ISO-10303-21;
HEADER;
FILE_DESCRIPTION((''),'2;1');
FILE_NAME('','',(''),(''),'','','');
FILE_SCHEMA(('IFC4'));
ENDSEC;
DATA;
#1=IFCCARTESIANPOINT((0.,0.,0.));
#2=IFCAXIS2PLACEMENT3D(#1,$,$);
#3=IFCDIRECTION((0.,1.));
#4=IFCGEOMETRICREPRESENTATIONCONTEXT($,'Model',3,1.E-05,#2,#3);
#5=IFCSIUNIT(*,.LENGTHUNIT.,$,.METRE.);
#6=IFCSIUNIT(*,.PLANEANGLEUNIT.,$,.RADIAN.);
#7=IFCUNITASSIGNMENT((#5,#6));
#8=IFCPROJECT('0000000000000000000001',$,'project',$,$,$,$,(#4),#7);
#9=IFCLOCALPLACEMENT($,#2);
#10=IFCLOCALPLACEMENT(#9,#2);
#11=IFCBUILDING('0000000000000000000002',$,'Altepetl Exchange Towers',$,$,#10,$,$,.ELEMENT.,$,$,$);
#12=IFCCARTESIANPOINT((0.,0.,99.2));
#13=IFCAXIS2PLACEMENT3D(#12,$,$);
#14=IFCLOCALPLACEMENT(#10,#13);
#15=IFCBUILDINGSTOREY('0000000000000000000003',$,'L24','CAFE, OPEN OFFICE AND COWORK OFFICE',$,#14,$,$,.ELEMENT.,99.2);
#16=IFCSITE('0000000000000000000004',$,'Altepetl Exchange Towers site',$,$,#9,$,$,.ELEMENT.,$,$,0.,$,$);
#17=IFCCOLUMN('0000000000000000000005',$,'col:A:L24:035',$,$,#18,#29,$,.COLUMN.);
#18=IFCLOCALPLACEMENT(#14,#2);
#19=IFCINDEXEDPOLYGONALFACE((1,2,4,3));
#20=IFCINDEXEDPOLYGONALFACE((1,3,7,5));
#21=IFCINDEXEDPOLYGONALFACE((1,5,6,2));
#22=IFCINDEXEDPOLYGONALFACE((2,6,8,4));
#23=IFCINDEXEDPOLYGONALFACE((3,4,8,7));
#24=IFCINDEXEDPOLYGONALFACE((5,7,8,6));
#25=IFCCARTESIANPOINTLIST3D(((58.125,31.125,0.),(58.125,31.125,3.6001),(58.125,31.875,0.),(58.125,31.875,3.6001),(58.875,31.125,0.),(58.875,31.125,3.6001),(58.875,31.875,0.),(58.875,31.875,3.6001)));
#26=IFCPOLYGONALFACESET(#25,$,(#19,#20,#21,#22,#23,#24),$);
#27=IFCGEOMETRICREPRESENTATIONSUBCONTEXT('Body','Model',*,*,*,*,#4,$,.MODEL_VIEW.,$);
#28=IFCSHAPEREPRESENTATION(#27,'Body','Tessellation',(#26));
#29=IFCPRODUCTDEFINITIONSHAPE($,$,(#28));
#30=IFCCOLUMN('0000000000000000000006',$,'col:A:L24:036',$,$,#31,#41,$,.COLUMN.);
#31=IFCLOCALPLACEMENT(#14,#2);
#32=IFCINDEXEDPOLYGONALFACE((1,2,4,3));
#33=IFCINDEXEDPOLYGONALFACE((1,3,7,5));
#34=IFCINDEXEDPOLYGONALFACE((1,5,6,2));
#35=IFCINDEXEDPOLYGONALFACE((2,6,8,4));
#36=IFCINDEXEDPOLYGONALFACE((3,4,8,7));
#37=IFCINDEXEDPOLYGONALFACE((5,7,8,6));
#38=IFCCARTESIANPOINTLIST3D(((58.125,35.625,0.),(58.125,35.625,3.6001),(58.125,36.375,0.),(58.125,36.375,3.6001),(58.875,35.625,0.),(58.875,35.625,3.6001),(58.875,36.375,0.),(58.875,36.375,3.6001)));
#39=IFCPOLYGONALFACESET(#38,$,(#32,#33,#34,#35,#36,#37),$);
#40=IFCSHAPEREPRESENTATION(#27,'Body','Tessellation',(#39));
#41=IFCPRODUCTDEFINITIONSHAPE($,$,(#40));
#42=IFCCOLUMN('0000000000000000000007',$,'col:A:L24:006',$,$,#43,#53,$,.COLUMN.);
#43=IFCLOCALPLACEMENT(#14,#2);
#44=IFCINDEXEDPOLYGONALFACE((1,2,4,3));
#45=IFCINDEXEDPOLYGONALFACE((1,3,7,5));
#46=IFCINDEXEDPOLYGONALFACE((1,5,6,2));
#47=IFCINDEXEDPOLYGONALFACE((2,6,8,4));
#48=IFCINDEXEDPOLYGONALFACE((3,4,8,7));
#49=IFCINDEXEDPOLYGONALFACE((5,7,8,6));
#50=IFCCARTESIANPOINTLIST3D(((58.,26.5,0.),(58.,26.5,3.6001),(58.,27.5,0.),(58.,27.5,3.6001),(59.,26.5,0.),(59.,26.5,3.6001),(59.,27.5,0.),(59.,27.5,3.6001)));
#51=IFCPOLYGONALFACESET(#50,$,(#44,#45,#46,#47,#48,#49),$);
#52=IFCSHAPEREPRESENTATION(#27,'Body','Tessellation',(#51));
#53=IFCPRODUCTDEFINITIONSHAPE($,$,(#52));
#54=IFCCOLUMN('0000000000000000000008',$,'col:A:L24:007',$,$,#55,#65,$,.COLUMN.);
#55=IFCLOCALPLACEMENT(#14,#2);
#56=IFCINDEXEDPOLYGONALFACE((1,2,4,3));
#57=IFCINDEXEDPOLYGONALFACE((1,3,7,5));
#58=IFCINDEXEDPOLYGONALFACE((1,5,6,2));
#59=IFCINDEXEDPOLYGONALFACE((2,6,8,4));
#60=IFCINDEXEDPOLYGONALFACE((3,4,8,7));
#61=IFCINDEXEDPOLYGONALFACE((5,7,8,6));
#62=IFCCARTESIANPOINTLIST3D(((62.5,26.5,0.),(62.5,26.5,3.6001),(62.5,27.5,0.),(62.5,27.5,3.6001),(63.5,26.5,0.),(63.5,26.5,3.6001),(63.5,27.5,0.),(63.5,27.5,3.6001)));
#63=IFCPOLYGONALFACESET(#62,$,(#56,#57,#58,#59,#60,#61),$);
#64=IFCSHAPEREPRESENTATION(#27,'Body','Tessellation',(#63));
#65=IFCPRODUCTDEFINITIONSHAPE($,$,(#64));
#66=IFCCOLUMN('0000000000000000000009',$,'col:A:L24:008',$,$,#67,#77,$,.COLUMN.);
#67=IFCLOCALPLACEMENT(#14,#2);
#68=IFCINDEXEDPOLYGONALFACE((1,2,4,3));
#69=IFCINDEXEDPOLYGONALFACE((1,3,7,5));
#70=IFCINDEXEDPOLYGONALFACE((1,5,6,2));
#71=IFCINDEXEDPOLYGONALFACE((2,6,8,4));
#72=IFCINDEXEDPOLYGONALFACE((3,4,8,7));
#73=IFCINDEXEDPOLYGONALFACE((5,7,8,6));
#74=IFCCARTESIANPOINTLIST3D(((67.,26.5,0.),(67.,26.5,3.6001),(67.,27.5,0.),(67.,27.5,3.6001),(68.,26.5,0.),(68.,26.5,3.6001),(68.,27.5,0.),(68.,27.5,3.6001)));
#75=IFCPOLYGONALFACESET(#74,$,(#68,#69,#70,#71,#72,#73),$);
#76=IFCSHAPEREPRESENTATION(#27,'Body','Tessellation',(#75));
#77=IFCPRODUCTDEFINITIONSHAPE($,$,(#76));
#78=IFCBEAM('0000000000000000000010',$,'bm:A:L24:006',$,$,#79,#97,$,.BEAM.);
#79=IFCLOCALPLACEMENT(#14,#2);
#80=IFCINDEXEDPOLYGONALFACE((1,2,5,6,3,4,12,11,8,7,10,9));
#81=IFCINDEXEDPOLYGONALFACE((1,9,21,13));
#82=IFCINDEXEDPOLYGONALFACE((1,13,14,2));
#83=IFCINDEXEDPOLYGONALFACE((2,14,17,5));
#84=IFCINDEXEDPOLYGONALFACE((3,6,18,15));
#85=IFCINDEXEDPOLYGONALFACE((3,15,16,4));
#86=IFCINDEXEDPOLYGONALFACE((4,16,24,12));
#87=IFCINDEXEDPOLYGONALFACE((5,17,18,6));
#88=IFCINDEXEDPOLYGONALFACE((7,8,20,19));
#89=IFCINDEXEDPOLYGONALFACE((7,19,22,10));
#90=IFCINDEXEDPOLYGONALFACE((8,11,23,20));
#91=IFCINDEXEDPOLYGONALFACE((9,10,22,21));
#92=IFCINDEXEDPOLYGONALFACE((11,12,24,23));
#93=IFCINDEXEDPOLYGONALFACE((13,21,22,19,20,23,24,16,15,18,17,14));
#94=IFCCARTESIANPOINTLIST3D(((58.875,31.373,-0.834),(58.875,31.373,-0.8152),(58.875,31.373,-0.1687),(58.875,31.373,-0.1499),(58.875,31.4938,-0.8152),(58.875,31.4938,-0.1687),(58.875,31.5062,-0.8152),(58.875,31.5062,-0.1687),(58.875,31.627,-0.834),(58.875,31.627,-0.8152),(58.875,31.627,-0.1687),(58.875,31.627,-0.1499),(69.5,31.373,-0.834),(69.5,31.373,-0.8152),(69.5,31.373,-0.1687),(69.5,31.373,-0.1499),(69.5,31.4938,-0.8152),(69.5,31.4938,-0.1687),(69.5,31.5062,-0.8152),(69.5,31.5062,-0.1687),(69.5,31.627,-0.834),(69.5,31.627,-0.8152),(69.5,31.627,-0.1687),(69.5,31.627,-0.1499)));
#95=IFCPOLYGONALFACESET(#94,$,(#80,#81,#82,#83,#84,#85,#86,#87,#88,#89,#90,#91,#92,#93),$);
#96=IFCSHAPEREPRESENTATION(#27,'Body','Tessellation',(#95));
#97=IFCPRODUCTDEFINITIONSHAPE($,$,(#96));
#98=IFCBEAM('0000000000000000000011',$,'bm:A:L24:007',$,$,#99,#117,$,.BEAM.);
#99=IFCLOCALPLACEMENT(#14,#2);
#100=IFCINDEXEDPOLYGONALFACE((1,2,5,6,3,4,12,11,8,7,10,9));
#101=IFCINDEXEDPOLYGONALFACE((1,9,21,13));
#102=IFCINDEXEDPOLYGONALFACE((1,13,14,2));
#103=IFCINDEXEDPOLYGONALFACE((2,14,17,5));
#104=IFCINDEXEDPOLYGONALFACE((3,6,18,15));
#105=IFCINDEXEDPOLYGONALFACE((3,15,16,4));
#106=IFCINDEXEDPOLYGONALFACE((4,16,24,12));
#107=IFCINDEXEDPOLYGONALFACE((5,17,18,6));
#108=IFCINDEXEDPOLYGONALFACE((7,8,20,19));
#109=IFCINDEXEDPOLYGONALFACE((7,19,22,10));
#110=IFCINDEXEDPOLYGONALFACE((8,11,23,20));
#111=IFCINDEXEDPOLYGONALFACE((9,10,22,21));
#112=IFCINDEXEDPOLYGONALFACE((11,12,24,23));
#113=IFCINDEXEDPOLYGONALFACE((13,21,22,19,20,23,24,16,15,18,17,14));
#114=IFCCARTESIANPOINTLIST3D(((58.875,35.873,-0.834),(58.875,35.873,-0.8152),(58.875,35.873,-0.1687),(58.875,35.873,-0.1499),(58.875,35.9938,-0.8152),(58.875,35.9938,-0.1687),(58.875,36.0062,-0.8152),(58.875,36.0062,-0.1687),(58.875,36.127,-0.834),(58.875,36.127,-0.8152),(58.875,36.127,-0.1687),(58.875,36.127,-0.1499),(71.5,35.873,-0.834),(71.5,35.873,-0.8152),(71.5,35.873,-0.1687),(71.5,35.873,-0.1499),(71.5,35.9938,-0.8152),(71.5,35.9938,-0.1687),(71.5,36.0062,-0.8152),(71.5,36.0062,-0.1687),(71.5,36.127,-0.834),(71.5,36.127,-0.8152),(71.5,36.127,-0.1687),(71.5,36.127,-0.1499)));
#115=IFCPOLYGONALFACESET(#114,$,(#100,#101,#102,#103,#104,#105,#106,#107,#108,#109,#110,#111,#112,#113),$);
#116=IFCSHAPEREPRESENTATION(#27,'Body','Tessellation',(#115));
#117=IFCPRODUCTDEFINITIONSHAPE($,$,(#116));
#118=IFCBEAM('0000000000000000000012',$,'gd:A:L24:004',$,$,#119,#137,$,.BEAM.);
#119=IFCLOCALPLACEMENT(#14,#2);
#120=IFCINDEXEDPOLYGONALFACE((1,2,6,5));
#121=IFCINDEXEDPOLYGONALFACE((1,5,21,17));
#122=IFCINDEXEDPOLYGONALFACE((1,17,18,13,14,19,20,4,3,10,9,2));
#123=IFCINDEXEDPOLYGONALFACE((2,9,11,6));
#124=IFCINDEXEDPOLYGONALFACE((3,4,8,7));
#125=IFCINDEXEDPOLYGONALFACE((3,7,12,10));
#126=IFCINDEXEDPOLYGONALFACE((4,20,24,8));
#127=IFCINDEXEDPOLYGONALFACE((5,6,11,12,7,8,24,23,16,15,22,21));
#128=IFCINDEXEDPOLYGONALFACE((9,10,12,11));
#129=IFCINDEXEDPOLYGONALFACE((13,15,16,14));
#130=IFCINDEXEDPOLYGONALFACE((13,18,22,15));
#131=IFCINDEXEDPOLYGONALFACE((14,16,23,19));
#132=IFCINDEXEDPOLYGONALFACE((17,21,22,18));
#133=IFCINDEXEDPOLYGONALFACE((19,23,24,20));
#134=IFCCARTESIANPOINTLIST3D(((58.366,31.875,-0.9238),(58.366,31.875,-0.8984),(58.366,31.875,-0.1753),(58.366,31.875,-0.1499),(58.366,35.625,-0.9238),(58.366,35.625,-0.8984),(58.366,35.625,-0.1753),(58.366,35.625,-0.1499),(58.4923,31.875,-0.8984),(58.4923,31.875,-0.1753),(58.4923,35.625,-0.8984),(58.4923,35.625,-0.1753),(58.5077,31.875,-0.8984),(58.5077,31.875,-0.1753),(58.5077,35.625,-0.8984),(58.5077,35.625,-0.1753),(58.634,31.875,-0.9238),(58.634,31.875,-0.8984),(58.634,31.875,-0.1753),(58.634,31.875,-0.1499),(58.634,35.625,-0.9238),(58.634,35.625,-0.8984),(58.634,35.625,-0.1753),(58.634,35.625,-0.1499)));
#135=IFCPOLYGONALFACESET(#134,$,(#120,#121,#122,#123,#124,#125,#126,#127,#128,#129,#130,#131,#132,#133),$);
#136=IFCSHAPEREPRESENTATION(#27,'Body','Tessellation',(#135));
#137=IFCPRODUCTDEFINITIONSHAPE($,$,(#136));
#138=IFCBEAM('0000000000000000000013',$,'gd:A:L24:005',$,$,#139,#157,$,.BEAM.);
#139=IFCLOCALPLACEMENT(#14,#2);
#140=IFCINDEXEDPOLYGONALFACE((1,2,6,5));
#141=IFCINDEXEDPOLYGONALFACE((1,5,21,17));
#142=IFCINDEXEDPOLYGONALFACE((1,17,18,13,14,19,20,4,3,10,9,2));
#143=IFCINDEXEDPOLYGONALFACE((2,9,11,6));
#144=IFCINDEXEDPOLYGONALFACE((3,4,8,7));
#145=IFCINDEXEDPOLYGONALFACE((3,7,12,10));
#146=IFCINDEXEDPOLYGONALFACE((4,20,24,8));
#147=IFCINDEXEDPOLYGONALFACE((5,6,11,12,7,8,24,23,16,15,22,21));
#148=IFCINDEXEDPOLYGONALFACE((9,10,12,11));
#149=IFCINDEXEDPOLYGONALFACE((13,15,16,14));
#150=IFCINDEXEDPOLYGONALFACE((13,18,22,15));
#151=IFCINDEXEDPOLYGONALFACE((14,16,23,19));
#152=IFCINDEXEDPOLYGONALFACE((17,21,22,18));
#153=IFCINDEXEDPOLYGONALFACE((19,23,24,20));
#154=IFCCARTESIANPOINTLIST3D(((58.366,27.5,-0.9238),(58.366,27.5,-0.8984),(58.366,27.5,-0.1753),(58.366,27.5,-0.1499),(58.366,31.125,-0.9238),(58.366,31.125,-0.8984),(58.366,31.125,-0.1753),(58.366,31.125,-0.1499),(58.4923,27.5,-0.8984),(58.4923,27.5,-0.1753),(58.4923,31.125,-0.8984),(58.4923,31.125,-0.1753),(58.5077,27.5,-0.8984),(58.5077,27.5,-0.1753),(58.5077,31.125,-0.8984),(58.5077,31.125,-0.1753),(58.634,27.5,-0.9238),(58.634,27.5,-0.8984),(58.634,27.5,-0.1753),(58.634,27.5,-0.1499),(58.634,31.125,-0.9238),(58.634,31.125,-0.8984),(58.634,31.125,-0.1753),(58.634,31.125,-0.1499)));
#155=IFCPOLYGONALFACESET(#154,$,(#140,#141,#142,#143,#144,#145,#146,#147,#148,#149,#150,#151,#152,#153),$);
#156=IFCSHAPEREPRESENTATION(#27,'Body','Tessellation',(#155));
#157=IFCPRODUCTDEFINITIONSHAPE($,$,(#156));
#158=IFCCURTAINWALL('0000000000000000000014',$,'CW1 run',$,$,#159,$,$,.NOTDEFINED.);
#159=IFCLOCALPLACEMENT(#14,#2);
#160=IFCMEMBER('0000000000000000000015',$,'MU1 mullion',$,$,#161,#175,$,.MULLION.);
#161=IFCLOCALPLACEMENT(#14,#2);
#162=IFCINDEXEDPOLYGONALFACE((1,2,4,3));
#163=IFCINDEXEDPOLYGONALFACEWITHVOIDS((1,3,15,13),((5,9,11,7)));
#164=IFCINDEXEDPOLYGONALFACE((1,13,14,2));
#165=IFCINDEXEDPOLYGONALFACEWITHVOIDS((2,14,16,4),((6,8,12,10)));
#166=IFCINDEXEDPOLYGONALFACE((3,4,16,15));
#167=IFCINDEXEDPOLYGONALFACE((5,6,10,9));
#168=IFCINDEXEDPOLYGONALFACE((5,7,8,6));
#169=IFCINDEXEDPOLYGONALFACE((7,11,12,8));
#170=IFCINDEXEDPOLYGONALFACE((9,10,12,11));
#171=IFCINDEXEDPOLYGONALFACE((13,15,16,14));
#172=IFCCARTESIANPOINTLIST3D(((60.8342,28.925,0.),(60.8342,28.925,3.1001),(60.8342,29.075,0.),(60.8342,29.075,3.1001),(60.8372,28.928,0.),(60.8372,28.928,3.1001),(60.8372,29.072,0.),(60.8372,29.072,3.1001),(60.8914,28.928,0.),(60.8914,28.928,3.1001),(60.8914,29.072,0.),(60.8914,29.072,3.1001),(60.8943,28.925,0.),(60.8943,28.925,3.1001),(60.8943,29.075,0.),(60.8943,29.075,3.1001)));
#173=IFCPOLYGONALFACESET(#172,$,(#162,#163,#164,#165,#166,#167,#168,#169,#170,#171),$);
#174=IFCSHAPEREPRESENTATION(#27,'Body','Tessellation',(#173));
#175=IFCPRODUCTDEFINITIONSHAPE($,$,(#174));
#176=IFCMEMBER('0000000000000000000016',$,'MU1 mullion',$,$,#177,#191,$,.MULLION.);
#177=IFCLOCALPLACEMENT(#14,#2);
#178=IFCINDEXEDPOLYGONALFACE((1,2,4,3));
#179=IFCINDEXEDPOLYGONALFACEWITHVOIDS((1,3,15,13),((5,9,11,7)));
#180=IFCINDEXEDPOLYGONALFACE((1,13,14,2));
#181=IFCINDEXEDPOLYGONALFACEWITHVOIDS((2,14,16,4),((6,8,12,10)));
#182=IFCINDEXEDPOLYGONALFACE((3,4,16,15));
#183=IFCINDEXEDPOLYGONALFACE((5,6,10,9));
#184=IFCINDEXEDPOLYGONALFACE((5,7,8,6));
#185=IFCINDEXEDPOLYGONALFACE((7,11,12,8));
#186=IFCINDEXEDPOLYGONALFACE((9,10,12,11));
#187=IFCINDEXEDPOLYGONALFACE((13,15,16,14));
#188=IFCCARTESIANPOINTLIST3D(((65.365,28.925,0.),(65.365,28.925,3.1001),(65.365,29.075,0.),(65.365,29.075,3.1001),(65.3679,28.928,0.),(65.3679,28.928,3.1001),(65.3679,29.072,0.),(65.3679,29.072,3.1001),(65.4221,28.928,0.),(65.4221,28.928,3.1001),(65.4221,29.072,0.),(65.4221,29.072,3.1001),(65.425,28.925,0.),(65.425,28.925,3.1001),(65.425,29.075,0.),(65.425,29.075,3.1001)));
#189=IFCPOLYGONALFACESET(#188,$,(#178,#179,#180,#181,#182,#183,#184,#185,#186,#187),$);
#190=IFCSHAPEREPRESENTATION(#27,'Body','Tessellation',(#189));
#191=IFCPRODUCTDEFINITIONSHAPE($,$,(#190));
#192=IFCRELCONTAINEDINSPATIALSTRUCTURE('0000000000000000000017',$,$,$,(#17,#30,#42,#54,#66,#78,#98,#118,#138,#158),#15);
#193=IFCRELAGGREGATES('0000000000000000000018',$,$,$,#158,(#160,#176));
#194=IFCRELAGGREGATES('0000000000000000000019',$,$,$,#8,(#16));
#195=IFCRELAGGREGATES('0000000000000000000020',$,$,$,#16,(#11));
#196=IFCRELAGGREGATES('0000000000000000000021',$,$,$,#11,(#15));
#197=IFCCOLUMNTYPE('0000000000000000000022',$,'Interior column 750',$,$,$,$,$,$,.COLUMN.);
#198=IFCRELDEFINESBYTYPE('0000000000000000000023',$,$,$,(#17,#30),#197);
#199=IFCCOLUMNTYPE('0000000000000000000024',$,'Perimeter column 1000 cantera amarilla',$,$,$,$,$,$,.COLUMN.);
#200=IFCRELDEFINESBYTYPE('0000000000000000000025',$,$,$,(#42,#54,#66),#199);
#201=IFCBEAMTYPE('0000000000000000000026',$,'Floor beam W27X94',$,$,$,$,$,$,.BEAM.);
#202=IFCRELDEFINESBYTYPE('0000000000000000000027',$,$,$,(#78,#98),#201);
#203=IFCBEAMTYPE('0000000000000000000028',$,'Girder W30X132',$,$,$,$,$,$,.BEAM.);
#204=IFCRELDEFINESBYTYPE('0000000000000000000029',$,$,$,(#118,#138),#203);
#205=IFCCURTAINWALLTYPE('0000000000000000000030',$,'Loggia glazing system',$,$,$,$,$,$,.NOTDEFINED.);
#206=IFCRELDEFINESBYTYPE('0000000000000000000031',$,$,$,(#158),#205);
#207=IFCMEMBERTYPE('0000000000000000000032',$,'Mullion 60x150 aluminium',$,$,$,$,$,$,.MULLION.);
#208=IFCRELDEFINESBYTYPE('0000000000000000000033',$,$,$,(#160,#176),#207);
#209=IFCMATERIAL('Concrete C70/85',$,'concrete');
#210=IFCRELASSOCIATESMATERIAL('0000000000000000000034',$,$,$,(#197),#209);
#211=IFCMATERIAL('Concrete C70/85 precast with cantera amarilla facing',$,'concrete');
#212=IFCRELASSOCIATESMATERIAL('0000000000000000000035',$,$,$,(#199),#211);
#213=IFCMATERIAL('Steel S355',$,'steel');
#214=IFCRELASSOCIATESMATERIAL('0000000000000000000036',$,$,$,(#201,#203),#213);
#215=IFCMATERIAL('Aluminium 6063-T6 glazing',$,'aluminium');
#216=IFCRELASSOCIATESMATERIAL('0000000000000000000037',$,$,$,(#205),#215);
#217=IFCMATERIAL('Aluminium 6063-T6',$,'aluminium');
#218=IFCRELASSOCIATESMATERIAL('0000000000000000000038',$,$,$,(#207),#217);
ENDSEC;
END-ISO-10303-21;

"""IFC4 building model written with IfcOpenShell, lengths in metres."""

from ifc_helpers import new_model, si_unit, direction, frame, origin, origin_2d, place, context, subcontext, project, spatial, rectangle, hollow_rectangle, i_section, extrude, material, material_profile, profile_set, type_object, element, aggregate, save


model = new_model("IFC4")

# Units and contexts
model_context = context("Model", 3, precision=1e-05, world=origin(), true_north=direction((0.0, 1.0)))
body_context = subcontext(model_context, "Body", "Model", "MODEL_VIEW")
ifc_project = project(units=[si_unit("LENGTHUNIT", "METRE"), si_unit("PLANEANGLEUNIT", "RADIAN")], contexts=[model_context])

# Site, building, storey
site_placement = place(None, origin())
site = spatial("IfcSite", under=ifc_project, at=site_placement, Name="Altepetl Exchange Towers site", CompositionType="ELEMENT", RefElevation=0.0)
building_placement = place(site_placement, origin())
building = spatial("IfcBuilding", under=site, at=building_placement, Name="Altepetl Exchange Towers", CompositionType="ELEMENT")
storey_placement = place(building_placement, frame((0.0, 0.0, 99.2)))
storey = spatial("IfcBuildingStorey", under=building, at=storey_placement, Name="L24", Description="CAFE, OPEN OFFICE AND COWORK OFFICE", CompositionType="ELEMENT", Elevation=99.2)

# Columns
ifc_material_1 = material(Name="Concrete C70/85", Category="concrete")
ifc_material_profile_1 = material_profile(ifc_material_1, rectangle(XDim=0.75, YDim=0.75, at=origin_2d()), Name="750 x 750")
ifc_profile_set_1 = profile_set([ifc_material_profile_1], Name="Concrete C70/85")
column_type_1 = type_object("IfcColumnType", Name="Interior column 750", PredefinedType="COLUMN", material=ifc_profile_set_1)
for number, where, name in (
    (1, (58.5, 31.5, 0.0), "col:A:L24:035"),
    (2, (58.5, 36.0, 0.0), "col:A:L24:036"),
):
    element("IfcColumn", number, at=place(storey_placement, frame(where)), inside=storey, type_object=column_type_1, Name=name, PredefinedType="COLUMN", context=body_context, shape_type="SweptSolid", body=[
        extrude(rectangle(XDim=0.75, YDim=0.75, at=origin_2d()), origin(), (0.0, 0.0, 1.0), 3.6001),
    ])
ifc_material_2 = material(Name="Concrete C70/85 precast with cantera amarilla facing", Category="concrete")
ifc_material_profile_2 = material_profile(ifc_material_2, rectangle(XDim=1.0, YDim=1.0, at=origin_2d()), Name="1000 x 1000")
ifc_profile_set_2 = profile_set([ifc_material_profile_2], Name="Concrete C70/85 precast with cantera amarilla facing")
column_type_2 = type_object("IfcColumnType", Name="Perimeter column 1000 cantera amarilla", PredefinedType="COLUMN", material=ifc_profile_set_2)
for number, where, name in (
    (3, (58.5, 27.0, 0.0), "col:A:L24:006"),
    (4, (63.0, 27.0, 0.0), "col:A:L24:007"),
    (5, (67.5, 27.0, 0.0), "col:A:L24:008"),
):
    element("IfcColumn", number, at=place(storey_placement, frame(where)), inside=storey, type_object=column_type_2, Name=name, PredefinedType="COLUMN", context=body_context, shape_type="SweptSolid", body=[
        extrude(rectangle(XDim=1.0, YDim=1.0, at=origin_2d()), origin(), (0.0, 0.0, 1.0), 3.6001),
    ])

# Beams
ifc_material_3 = material(Name="Steel S355", Category="steel")
ifc_material_profile_3 = material_profile(ifc_material_3, i_section(OverallWidth=0.2539, OverallDepth=0.6841, WebThickness=0.0125, FlangeThickness=0.0188, at=origin_2d()), Name="W27X94")
ifc_profile_set_3 = profile_set([ifc_material_profile_3], Name="Steel S355")
beam_type_1 = type_object("IfcBeamType", Name="Floor beam W27X94", PredefinedType="BEAM", material=ifc_profile_set_3)
beam_1_placement = place(storey_placement, frame((58.875, 31.5, -0.4919), z_axis=(1.0, 0.0, 0.0), x_axis=(0.0, 1.0, 0.0)))
element("IfcBeam", 6, at=beam_1_placement, inside=storey, type_object=beam_type_1, Name="bm:A:L24:006", PredefinedType="BEAM", context=body_context, shape_type="SweptSolid", body=[
    extrude(i_section(OverallWidth=0.2539, OverallDepth=0.6841, WebThickness=0.0125, FlangeThickness=0.0188, at=origin_2d()), origin(), (0.0, 0.0, 1.0), 10.625),
])
beam_2_placement = place(storey_placement, frame((58.875, 36.0, -0.4919), z_axis=(1.0, 0.0, 0.0), x_axis=(0.0, 1.0, 0.0)))
element("IfcBeam", 7, at=beam_2_placement, inside=storey, type_object=beam_type_1, Name="bm:A:L24:007", PredefinedType="BEAM", context=body_context, shape_type="SweptSolid", body=[
    extrude(i_section(OverallWidth=0.2539, OverallDepth=0.6841, WebThickness=0.0125, FlangeThickness=0.0188, at=origin_2d()), origin(), (0.0, 0.0, 1.0), 12.625),
])
ifc_material_profile_4 = material_profile(ifc_material_3, i_section(OverallWidth=0.2681, OverallDepth=0.7739, WebThickness=0.0154, FlangeThickness=0.0254, at=origin_2d()), Name="W30X132")
ifc_profile_set_4 = profile_set([ifc_material_profile_4], Name="Steel S355")
beam_type_2 = type_object("IfcBeamType", Name="Girder W30X132", PredefinedType="BEAM", material=ifc_profile_set_4)
beam_3_placement = place(storey_placement, frame((58.5, 35.625, -0.5369), z_axis=(0.0, -1.0, 0.0), x_axis=(1.0, 0.0, 0.0)))
element("IfcBeam", 8, at=beam_3_placement, inside=storey, type_object=beam_type_2, Name="gd:A:L24:004", PredefinedType="BEAM", context=body_context, shape_type="SweptSolid", body=[
    extrude(i_section(OverallWidth=0.2681, OverallDepth=0.7739, WebThickness=0.0154, FlangeThickness=0.0254, at=origin_2d()), origin(), (0.0, 0.0, 1.0), 3.75),
])
beam_4_placement = place(storey_placement, frame((58.5, 31.125, -0.5369), z_axis=(0.0, -1.0, 0.0), x_axis=(1.0, 0.0, 0.0)))
element("IfcBeam", 9, at=beam_4_placement, inside=storey, type_object=beam_type_2, Name="gd:A:L24:005", PredefinedType="BEAM", context=body_context, shape_type="SweptSolid", body=[
    extrude(i_section(OverallWidth=0.2681, OverallDepth=0.7739, WebThickness=0.0154, FlangeThickness=0.0254, at=origin_2d()), origin(), (0.0, 0.0, 1.0), 3.625),
])

# Curtain wall, members
ifc_material_4 = material(Name="Aluminium 6063-T6 glazing", Category="aluminium")
curtain_wall_type = type_object("IfcCurtainWallType", Name="Loggia glazing system", PredefinedType="NOTDEFINED", material=ifc_material_4)
curtain_wall_1_placement = place(storey_placement, origin())
curtain_wall_1 = element("IfcCurtainWall", 10, at=curtain_wall_1_placement, inside=storey, type_object=curtain_wall_type, Name="CW1 run", PredefinedType="NOTDEFINED")
ifc_material_5 = material(Name="Aluminium 6063-T6", Category="aluminium")
ifc_material_profile_5 = material_profile(ifc_material_5, hollow_rectangle(XDim=0.0601, YDim=0.1499, WallThickness=0.0029, at=origin_2d()), Name="Mullion 60x150 aluminium")
ifc_profile_set_5 = profile_set([ifc_material_profile_5], Name="Aluminium 6063-T6")
member_type = type_object("IfcMemberType", Name="Mullion 60x150 aluminium", PredefinedType="MULLION", material=ifc_profile_set_5)
member_1_placement = place(storey_placement, frame((60.8643, 29.0, 0.0)))
member_1 = element("IfcMember", 11, at=member_1_placement, type_object=member_type, Name="MU1 mullion", PredefinedType="MULLION", context=body_context, shape_type="SweptSolid", body=[
    extrude(hollow_rectangle(XDim=0.0601, YDim=0.1499, WallThickness=0.0029, at=origin_2d()), origin(), (0.0, 0.0, 1.0), 3.1001),
])
member_2_placement = place(storey_placement, frame((65.395, 29.0, 0.0)))
member_2 = element("IfcMember", 12, at=member_2_placement, type_object=member_type, Name="MU1 mullion", PredefinedType="MULLION", context=body_context, shape_type="SweptSolid", body=[
    extrude(hollow_rectangle(XDim=0.0601, YDim=0.1499, WallThickness=0.0029, at=origin_2d()), origin(), (0.0, 0.0, 1.0), 3.1001),
])

aggregate(curtain_wall_1, [member_1, member_2])

save(model, "model.ifc")
